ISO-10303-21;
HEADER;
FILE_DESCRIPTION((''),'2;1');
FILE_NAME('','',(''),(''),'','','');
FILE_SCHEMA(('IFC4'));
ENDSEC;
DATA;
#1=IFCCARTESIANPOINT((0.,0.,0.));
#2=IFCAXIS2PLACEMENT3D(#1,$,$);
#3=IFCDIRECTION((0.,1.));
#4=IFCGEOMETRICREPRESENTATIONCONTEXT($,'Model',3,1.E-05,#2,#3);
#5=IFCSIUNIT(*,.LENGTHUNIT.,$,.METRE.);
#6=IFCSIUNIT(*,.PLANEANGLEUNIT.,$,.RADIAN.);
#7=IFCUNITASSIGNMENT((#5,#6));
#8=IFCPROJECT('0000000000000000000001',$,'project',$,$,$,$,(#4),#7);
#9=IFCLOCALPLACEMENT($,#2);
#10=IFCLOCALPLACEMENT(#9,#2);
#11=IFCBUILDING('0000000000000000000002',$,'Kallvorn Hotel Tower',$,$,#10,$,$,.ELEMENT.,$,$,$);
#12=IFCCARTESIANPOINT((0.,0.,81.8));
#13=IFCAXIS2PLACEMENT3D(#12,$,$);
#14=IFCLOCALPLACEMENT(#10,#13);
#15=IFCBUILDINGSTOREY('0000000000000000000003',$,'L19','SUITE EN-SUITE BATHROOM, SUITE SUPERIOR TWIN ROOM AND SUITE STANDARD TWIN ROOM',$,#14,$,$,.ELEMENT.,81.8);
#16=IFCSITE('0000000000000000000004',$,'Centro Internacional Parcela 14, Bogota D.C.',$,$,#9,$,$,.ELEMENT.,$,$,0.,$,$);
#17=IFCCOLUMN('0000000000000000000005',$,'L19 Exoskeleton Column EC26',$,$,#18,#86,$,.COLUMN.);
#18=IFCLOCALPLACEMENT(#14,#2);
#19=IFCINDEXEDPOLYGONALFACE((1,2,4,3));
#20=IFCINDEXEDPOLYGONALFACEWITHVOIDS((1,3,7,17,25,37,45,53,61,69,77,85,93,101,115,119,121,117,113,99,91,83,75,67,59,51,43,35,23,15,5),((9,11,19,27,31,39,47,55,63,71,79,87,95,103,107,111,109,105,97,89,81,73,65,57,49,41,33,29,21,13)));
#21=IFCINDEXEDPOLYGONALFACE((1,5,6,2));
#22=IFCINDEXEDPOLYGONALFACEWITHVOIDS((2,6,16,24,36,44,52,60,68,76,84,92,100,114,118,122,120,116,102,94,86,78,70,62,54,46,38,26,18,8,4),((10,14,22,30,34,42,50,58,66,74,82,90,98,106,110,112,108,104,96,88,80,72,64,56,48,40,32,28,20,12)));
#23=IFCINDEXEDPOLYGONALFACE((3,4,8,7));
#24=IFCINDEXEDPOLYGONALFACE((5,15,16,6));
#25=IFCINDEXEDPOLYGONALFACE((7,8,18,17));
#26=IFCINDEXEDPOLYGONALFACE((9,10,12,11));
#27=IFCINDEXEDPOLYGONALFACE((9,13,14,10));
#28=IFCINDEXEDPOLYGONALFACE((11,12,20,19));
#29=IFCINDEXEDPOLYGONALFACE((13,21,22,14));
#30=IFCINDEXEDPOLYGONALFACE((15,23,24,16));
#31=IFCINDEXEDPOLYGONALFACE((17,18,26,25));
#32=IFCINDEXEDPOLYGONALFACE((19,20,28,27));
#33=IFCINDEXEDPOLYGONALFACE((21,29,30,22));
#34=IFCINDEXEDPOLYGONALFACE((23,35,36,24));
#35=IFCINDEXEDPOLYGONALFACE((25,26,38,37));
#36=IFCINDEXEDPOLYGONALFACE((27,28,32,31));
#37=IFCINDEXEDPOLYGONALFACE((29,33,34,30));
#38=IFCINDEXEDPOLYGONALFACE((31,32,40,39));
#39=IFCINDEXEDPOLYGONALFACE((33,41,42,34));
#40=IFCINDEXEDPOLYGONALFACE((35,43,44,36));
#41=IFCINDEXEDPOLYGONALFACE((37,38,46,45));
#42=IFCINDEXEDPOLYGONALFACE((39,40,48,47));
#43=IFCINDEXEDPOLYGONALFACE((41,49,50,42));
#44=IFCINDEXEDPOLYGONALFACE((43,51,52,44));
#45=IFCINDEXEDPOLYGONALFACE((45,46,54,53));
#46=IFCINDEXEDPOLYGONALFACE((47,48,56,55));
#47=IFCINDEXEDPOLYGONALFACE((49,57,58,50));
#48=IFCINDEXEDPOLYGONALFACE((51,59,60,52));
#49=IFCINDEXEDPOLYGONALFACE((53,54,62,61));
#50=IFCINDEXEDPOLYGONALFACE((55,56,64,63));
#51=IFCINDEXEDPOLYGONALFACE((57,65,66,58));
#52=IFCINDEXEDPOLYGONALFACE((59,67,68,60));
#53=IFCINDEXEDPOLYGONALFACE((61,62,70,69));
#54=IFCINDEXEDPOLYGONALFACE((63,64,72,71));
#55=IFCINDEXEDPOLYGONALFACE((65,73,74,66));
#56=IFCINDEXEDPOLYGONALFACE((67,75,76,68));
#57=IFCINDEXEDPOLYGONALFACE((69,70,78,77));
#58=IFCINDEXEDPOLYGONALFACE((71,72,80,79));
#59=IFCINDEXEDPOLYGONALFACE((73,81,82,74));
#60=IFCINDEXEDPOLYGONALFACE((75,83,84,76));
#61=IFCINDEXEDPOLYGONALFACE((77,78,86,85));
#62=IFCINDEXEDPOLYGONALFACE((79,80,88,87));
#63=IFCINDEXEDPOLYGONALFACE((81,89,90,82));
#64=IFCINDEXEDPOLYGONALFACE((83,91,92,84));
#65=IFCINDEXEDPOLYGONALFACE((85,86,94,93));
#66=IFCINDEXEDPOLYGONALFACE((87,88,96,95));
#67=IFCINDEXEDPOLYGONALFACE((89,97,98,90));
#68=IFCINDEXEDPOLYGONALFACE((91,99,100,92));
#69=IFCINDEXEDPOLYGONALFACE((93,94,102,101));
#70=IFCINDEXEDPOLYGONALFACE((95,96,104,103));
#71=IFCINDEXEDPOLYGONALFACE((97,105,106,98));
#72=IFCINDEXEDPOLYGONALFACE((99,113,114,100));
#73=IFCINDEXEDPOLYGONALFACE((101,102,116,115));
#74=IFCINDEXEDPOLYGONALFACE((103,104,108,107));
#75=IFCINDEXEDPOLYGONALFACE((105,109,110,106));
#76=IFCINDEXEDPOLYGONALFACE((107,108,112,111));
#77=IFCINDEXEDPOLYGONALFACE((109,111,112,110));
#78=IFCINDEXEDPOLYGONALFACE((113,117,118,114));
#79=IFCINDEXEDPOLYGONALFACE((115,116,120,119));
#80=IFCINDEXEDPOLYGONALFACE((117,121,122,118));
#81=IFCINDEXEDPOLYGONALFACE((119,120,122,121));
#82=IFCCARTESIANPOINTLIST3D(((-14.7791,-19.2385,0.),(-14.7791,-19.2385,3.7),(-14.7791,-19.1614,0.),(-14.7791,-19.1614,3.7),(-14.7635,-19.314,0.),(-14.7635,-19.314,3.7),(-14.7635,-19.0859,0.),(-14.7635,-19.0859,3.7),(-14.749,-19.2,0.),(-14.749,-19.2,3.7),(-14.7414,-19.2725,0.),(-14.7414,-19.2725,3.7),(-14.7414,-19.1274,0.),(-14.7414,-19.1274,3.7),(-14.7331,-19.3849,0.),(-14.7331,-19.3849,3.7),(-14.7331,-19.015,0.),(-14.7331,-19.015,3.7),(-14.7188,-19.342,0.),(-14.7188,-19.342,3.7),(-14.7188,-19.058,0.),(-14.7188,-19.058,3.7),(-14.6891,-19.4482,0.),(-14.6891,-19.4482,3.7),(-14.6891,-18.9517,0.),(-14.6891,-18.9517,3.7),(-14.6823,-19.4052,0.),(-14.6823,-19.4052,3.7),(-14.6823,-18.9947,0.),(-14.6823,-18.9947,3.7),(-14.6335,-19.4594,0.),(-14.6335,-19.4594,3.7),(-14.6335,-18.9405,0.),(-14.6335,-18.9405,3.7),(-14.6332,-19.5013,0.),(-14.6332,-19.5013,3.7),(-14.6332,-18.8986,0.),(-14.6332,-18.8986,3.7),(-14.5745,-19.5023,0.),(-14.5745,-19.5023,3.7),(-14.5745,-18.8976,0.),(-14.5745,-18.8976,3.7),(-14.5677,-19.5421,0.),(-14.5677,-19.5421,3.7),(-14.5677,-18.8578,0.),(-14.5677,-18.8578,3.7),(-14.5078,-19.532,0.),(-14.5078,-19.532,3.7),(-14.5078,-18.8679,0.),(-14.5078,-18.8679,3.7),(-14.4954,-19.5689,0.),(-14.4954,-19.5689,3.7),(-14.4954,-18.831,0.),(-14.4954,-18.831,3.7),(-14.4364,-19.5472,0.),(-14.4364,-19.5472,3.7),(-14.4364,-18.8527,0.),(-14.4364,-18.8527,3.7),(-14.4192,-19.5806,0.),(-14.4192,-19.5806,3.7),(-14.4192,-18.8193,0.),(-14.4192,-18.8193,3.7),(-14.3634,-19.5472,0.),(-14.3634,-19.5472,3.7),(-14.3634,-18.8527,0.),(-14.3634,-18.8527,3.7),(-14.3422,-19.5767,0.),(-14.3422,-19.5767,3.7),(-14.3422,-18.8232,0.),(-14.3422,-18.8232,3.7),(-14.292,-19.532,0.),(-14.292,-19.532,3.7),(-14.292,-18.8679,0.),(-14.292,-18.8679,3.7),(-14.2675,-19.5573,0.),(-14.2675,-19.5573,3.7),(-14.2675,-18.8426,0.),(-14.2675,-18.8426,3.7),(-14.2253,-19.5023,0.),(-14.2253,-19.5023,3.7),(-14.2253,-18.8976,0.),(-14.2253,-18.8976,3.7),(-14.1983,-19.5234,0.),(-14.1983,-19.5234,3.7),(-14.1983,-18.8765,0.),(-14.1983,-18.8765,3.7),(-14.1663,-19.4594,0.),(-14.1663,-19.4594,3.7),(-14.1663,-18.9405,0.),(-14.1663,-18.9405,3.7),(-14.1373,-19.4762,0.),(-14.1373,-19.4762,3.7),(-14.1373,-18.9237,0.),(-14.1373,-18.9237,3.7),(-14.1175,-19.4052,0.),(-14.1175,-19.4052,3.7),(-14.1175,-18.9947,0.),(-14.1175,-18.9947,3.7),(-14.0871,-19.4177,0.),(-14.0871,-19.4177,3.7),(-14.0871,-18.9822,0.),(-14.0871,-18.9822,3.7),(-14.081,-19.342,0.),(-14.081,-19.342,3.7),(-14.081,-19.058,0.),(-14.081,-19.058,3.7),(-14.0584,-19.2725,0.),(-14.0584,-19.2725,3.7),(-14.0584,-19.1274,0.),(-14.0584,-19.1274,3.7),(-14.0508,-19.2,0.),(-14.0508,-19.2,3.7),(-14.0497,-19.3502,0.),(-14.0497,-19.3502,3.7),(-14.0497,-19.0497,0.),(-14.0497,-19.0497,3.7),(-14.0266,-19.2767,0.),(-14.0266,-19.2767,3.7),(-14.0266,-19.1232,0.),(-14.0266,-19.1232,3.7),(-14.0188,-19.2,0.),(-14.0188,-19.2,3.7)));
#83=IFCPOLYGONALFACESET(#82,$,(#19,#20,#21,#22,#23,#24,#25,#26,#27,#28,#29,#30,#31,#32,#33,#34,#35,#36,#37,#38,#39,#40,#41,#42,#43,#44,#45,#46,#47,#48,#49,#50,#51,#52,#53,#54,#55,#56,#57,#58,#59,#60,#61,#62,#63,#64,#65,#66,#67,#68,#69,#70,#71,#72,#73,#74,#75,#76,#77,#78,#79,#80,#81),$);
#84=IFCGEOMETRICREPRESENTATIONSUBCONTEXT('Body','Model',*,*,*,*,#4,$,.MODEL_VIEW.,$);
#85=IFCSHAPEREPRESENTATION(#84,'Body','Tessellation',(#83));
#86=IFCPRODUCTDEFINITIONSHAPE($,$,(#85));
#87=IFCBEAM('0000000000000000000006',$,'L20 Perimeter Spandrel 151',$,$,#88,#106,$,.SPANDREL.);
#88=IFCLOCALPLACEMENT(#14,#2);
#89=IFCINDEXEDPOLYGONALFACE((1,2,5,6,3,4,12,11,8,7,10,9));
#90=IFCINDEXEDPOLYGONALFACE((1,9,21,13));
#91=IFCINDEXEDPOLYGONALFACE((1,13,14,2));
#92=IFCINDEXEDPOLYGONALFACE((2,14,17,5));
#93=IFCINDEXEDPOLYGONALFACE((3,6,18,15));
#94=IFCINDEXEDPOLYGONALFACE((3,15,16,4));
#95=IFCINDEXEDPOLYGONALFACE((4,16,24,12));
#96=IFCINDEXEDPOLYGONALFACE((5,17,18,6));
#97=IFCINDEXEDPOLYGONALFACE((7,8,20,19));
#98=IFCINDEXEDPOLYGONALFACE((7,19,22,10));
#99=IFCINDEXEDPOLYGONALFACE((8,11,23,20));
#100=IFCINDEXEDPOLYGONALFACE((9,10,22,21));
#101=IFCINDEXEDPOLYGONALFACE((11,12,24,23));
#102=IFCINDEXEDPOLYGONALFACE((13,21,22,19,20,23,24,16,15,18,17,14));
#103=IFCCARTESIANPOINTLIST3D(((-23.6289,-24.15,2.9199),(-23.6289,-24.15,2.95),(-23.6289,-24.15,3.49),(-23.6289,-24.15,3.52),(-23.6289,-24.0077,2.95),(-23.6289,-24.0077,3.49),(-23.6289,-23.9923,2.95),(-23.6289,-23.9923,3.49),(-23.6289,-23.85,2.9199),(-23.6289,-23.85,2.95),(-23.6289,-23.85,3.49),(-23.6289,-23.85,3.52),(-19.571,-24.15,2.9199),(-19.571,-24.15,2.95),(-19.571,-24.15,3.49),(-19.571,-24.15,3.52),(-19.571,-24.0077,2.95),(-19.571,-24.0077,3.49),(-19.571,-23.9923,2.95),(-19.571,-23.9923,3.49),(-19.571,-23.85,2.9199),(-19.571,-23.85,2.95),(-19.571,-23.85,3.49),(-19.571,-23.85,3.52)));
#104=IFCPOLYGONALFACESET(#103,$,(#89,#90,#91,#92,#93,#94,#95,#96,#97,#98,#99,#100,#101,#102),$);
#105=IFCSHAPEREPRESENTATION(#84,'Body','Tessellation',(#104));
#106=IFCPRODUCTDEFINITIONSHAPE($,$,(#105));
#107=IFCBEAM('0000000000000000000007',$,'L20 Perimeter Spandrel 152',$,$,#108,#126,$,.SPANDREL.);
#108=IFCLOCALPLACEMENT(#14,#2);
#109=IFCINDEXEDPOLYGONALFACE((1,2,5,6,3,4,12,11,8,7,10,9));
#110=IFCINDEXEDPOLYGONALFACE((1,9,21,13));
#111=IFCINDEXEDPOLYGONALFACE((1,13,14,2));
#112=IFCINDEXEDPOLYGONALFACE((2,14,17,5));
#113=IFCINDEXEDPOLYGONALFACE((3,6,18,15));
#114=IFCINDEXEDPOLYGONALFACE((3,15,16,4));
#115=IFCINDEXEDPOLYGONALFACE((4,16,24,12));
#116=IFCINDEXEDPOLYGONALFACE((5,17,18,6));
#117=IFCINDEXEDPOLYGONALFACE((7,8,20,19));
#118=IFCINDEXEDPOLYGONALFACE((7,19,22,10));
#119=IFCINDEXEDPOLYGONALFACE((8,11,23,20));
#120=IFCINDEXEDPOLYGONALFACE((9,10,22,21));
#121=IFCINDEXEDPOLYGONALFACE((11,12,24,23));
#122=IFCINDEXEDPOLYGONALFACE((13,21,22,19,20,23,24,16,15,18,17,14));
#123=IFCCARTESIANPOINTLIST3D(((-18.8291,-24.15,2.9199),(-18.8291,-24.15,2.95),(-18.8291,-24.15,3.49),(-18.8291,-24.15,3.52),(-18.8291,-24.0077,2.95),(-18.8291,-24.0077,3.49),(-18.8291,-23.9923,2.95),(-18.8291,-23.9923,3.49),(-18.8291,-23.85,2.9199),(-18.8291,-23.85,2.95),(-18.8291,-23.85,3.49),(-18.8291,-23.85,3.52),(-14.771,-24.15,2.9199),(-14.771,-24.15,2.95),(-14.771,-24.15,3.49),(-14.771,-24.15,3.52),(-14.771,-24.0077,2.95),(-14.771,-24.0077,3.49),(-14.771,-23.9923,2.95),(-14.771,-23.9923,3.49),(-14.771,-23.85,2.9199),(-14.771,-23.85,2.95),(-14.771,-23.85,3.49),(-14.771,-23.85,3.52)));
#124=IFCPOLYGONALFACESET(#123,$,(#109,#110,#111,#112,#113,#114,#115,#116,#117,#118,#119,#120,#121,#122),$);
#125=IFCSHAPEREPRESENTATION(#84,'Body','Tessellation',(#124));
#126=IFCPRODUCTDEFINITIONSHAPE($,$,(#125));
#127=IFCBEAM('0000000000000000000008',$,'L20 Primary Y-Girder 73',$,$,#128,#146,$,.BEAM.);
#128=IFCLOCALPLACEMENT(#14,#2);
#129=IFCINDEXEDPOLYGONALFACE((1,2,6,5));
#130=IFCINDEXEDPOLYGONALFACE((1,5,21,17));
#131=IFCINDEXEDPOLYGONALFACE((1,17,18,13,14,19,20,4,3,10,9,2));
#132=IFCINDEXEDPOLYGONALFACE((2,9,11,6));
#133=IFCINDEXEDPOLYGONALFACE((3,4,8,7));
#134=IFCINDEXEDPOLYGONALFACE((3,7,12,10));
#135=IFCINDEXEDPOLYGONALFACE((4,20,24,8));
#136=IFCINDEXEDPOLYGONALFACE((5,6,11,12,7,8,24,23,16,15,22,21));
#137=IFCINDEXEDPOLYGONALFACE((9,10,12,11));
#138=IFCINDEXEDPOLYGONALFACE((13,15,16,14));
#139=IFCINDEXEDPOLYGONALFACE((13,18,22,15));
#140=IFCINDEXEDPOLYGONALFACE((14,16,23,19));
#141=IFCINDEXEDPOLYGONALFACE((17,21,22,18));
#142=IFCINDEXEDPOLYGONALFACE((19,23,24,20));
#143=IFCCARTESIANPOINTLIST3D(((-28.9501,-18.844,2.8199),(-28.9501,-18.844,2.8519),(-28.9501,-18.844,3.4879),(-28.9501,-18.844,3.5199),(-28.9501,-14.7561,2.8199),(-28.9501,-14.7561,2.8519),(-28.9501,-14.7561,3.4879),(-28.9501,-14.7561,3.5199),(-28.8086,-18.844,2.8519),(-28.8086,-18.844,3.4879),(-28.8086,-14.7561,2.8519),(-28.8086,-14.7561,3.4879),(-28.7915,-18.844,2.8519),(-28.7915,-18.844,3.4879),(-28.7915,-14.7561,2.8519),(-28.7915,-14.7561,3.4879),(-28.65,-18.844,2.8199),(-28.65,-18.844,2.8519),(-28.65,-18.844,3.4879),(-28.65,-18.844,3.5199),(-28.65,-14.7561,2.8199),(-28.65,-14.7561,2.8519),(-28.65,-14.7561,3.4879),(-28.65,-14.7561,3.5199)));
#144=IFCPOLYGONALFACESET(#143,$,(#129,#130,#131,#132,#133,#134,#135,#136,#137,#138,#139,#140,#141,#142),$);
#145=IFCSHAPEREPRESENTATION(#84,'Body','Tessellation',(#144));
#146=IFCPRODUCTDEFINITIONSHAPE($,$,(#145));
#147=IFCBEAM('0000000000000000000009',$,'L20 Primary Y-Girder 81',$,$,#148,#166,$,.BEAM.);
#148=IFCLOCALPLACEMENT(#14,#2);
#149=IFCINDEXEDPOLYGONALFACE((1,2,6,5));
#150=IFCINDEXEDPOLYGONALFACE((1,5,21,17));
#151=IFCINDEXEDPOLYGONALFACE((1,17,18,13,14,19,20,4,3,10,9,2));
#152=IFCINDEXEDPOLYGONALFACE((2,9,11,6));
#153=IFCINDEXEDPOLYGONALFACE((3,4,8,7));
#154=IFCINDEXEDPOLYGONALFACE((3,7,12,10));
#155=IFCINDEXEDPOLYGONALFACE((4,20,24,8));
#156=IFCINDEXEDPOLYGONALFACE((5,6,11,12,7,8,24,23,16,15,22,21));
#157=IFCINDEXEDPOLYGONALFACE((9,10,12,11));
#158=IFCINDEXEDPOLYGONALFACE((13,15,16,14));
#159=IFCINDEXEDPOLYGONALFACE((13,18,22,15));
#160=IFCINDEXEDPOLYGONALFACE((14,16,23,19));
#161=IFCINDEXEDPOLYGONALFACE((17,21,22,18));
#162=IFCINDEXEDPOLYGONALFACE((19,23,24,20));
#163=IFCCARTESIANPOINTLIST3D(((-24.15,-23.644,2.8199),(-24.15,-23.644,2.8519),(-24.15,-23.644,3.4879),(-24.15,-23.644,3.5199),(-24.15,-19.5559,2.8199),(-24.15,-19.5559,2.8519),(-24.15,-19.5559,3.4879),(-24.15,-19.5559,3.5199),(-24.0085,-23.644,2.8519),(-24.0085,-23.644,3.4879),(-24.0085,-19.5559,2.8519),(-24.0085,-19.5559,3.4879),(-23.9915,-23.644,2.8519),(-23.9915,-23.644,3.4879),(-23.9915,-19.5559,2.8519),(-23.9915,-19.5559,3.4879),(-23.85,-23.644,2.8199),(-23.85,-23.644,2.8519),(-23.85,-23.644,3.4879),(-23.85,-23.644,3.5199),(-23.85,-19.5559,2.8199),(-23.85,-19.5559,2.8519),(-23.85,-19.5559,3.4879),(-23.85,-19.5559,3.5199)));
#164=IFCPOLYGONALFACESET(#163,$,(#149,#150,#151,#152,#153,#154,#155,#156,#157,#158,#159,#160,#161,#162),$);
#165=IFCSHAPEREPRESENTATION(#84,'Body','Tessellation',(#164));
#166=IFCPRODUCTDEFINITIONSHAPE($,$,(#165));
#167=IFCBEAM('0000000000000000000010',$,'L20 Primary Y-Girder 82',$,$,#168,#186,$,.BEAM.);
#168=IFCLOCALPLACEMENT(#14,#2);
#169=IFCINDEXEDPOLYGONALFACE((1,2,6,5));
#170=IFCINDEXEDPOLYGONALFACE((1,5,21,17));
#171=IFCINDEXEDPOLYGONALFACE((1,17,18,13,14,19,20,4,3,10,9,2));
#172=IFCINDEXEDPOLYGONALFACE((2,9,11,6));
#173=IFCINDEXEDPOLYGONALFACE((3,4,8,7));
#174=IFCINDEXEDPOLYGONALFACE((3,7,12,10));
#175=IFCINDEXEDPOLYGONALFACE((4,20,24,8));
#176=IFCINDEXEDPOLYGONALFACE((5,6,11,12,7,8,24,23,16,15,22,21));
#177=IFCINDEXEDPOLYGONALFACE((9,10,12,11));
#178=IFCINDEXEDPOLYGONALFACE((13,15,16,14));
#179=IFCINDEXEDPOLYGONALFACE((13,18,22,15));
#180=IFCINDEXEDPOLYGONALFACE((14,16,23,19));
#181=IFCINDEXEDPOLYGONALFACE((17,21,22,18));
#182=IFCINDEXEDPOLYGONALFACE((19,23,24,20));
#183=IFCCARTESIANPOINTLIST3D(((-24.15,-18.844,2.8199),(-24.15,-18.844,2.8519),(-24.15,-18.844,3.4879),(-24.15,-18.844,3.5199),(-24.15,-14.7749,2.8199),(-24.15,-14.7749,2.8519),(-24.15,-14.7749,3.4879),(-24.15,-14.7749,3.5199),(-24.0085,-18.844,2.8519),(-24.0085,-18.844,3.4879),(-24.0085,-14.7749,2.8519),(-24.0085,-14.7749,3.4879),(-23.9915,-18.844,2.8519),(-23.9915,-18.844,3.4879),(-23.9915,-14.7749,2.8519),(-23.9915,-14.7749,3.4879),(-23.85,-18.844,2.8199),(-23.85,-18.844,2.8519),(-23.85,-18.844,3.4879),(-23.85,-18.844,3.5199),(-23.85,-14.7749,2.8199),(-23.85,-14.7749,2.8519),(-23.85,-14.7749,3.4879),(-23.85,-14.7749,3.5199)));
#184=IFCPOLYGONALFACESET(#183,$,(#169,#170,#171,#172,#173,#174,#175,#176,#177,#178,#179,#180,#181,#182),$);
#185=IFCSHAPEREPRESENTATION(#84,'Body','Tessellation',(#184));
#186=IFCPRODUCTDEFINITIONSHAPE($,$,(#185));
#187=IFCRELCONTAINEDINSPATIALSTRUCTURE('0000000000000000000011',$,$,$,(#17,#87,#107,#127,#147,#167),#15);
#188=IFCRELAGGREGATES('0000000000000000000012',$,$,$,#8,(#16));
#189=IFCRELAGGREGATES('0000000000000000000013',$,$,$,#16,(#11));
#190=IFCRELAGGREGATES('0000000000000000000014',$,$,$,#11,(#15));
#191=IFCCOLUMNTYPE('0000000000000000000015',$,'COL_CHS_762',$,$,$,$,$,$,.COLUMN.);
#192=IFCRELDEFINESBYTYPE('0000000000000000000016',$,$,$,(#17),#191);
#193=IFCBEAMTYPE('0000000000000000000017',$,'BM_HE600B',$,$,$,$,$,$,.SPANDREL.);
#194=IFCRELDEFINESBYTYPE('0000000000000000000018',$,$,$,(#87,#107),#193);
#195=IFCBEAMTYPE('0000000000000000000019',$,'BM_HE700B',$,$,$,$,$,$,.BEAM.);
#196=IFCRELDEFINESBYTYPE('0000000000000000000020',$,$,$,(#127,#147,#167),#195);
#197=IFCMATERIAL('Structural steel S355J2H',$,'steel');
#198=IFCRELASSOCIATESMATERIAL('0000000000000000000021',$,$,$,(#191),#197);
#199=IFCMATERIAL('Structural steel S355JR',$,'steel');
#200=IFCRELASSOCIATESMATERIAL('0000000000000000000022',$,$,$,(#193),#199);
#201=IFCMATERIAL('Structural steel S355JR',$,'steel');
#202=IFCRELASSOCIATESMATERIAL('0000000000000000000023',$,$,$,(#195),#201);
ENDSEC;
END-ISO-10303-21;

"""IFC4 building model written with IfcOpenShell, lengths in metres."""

from ifc_helpers import new_model, si_unit, direction, frame, origin, origin_2d, place, context, subcontext, project, spatial, hollow_circle, i_section, extrude, material, material_profile, profile_set, type_object, element, save


model = new_model("IFC4")

# Units and contexts
model_context = context("Model", 3, precision=1e-05, world=origin(), true_north=direction((0.0, 1.0)))
body_context = subcontext(model_context, "Body", "Model", "MODEL_VIEW")
ifc_project = project(units=[si_unit("LENGTHUNIT", "METRE"), si_unit("PLANEANGLEUNIT", "RADIAN")], contexts=[model_context])

# Site, building, storey
site_placement = place(None, origin())
site = spatial("IfcSite", under=ifc_project, at=site_placement, Name="Centro Internacional Parcela 14, Bogota D.C.", CompositionType="ELEMENT", RefElevation=0.0)
building_placement = place(site_placement, origin())
building = spatial("IfcBuilding", under=site, at=building_placement, Name="Kallvorn Hotel Tower", CompositionType="ELEMENT")
storey_placement = place(building_placement, frame((0.0, 0.0, 81.8)))
storey = spatial("IfcBuildingStorey", under=building, at=storey_placement, Name="L19", Description="SUITE EN-SUITE BATHROOM, SUITE SUPERIOR TWIN ROOM AND SUITE STANDARD TWIN ROOM", CompositionType="ELEMENT", Elevation=81.8)

# Column
ifc_material_1 = material(Name="Structural steel S355J2H", Category="steel")
ifc_material_profile_1 = material_profile(ifc_material_1, hollow_circle(Radius=0.3811, WallThickness=0.032, at=origin_2d()), Name="CHS 762x32")
ifc_profile_set_1 = profile_set([ifc_material_profile_1], Name="Structural steel S355J2H")
column_type = type_object("IfcColumnType", Name="COL_CHS_762", PredefinedType="COLUMN", material=ifc_profile_set_1)
for number, where, z_axis, x_axis, name in (
    (1, (-14.3999, -19.2, 0.0), (0.0, 0.0, 1.0), (1.0, 0.0, 0.0), "L19 Exoskeleton Column EC26"),
):
    element("IfcColumn", number, at=place(storey_placement, frame(where, z_axis=z_axis, x_axis=x_axis)), inside=storey, type_object=column_type, Name=name, PredefinedType="COLUMN", context=body_context, shape_type="SweptSolid", body=[
        extrude(hollow_circle(Radius=0.3811, WallThickness=0.032, at=origin_2d()), origin(), (0.0, 0.0, 1.0), 3.7),
    ])

# Beams
ifc_material_2 = material(Name="Structural steel S355JR", Category="steel")
ifc_material_profile_2 = material_profile(ifc_material_2, i_section(OverallWidth=0.3, OverallDepth=0.6001, WebThickness=0.0154, FlangeThickness=0.03, at=origin_2d()), Name="HE 600 B")
ifc_profile_set_2 = profile_set([ifc_material_profile_2], Name="Structural steel S355JR")
beam_type_1 = type_object("IfcBeamType", Name="BM_HE600B", PredefinedType="SPANDREL", material=ifc_profile_set_2)
beam_1_placement = place(storey_placement, frame((-23.6289, -24.0, 3.22), z_axis=(1.0, 0.0, 0.0), x_axis=(0.0, 1.0, 0.0)))
element("IfcBeam", 2, at=beam_1_placement, inside=storey, type_object=beam_type_1, Name="L20 Perimeter Spandrel 151", PredefinedType="SPANDREL", context=body_context, shape_type="SweptSolid", body=[
    extrude(i_section(OverallWidth=0.3, OverallDepth=0.6001, WebThickness=0.0154, FlangeThickness=0.03, at=origin_2d()), origin(), (0.0, 0.0, 1.0), 4.0579),
])
beam_2_placement = place(storey_placement, frame((-18.8291, -24.0, 3.22), z_axis=(1.0, 0.0, 0.0), x_axis=(0.0, 1.0, 0.0)))
element("IfcBeam", 3, at=beam_2_placement, inside=storey, type_object=beam_type_1, Name="L20 Perimeter Spandrel 152", PredefinedType="SPANDREL", context=body_context, shape_type="SweptSolid", body=[
    extrude(i_section(OverallWidth=0.3, OverallDepth=0.6001, WebThickness=0.0154, FlangeThickness=0.03, at=origin_2d()), origin(), (0.0, 0.0, 1.0), 4.0581),
])
ifc_material_3 = material(Name="Structural steel S355JR", Category="steel")
ifc_material_profile_3 = material_profile(ifc_material_3, i_section(OverallWidth=0.3, OverallDepth=0.7, WebThickness=0.0171, FlangeThickness=0.032, at=origin_2d()), Name="HE 700 B")
ifc_profile_set_3 = profile_set([ifc_material_profile_3], Name="Structural steel S355JR")
beam_type_2 = type_object("IfcBeamType", Name="BM_HE700B", PredefinedType="BEAM", material=ifc_profile_set_3)
beam_3_placement = place(storey_placement, frame((-28.8, -18.844, 3.1699), z_axis=(0.0, 1.0, 0.0), x_axis=(-1.0, 0.0, 0.0)))
element("IfcBeam", 4, at=beam_3_placement, inside=storey, type_object=beam_type_2, Name="L20 Primary Y-Girder 73", PredefinedType="BEAM", context=body_context, shape_type="SweptSolid", body=[
    extrude(i_section(OverallWidth=0.3, OverallDepth=0.7, WebThickness=0.0171, FlangeThickness=0.032, at=origin_2d()), origin(), (0.0, 0.0, 1.0), 4.0879),
])
beam_4_placement = place(storey_placement, frame((-24.0, -23.644, 3.1699), z_axis=(0.0, 1.0, 0.0), x_axis=(-1.0, 0.0, 0.0)))
element("IfcBeam", 5, at=beam_4_placement, inside=storey, type_object=beam_type_2, Name="L20 Primary Y-Girder 81", PredefinedType="BEAM", context=body_context, shape_type="SweptSolid", body=[
    extrude(i_section(OverallWidth=0.3, OverallDepth=0.7, WebThickness=0.0171, FlangeThickness=0.032, at=origin_2d()), origin(), (0.0, 0.0, 1.0), 4.0881),
])
beam_5_placement = place(storey_placement, frame((-24.0, -18.844, 3.1699), z_axis=(0.0, 1.0, 0.0), x_axis=(-1.0, 0.0, 0.0)))
element("IfcBeam", 6, at=beam_5_placement, inside=storey, type_object=beam_type_2, Name="L20 Primary Y-Girder 82", PredefinedType="BEAM", context=body_context, shape_type="SweptSolid", body=[
    extrude(i_section(OverallWidth=0.3, OverallDepth=0.7, WebThickness=0.0171, FlangeThickness=0.032, at=origin_2d()), origin(), (0.0, 0.0, 1.0), 4.0691),
])

save(model, "model.ifc")
